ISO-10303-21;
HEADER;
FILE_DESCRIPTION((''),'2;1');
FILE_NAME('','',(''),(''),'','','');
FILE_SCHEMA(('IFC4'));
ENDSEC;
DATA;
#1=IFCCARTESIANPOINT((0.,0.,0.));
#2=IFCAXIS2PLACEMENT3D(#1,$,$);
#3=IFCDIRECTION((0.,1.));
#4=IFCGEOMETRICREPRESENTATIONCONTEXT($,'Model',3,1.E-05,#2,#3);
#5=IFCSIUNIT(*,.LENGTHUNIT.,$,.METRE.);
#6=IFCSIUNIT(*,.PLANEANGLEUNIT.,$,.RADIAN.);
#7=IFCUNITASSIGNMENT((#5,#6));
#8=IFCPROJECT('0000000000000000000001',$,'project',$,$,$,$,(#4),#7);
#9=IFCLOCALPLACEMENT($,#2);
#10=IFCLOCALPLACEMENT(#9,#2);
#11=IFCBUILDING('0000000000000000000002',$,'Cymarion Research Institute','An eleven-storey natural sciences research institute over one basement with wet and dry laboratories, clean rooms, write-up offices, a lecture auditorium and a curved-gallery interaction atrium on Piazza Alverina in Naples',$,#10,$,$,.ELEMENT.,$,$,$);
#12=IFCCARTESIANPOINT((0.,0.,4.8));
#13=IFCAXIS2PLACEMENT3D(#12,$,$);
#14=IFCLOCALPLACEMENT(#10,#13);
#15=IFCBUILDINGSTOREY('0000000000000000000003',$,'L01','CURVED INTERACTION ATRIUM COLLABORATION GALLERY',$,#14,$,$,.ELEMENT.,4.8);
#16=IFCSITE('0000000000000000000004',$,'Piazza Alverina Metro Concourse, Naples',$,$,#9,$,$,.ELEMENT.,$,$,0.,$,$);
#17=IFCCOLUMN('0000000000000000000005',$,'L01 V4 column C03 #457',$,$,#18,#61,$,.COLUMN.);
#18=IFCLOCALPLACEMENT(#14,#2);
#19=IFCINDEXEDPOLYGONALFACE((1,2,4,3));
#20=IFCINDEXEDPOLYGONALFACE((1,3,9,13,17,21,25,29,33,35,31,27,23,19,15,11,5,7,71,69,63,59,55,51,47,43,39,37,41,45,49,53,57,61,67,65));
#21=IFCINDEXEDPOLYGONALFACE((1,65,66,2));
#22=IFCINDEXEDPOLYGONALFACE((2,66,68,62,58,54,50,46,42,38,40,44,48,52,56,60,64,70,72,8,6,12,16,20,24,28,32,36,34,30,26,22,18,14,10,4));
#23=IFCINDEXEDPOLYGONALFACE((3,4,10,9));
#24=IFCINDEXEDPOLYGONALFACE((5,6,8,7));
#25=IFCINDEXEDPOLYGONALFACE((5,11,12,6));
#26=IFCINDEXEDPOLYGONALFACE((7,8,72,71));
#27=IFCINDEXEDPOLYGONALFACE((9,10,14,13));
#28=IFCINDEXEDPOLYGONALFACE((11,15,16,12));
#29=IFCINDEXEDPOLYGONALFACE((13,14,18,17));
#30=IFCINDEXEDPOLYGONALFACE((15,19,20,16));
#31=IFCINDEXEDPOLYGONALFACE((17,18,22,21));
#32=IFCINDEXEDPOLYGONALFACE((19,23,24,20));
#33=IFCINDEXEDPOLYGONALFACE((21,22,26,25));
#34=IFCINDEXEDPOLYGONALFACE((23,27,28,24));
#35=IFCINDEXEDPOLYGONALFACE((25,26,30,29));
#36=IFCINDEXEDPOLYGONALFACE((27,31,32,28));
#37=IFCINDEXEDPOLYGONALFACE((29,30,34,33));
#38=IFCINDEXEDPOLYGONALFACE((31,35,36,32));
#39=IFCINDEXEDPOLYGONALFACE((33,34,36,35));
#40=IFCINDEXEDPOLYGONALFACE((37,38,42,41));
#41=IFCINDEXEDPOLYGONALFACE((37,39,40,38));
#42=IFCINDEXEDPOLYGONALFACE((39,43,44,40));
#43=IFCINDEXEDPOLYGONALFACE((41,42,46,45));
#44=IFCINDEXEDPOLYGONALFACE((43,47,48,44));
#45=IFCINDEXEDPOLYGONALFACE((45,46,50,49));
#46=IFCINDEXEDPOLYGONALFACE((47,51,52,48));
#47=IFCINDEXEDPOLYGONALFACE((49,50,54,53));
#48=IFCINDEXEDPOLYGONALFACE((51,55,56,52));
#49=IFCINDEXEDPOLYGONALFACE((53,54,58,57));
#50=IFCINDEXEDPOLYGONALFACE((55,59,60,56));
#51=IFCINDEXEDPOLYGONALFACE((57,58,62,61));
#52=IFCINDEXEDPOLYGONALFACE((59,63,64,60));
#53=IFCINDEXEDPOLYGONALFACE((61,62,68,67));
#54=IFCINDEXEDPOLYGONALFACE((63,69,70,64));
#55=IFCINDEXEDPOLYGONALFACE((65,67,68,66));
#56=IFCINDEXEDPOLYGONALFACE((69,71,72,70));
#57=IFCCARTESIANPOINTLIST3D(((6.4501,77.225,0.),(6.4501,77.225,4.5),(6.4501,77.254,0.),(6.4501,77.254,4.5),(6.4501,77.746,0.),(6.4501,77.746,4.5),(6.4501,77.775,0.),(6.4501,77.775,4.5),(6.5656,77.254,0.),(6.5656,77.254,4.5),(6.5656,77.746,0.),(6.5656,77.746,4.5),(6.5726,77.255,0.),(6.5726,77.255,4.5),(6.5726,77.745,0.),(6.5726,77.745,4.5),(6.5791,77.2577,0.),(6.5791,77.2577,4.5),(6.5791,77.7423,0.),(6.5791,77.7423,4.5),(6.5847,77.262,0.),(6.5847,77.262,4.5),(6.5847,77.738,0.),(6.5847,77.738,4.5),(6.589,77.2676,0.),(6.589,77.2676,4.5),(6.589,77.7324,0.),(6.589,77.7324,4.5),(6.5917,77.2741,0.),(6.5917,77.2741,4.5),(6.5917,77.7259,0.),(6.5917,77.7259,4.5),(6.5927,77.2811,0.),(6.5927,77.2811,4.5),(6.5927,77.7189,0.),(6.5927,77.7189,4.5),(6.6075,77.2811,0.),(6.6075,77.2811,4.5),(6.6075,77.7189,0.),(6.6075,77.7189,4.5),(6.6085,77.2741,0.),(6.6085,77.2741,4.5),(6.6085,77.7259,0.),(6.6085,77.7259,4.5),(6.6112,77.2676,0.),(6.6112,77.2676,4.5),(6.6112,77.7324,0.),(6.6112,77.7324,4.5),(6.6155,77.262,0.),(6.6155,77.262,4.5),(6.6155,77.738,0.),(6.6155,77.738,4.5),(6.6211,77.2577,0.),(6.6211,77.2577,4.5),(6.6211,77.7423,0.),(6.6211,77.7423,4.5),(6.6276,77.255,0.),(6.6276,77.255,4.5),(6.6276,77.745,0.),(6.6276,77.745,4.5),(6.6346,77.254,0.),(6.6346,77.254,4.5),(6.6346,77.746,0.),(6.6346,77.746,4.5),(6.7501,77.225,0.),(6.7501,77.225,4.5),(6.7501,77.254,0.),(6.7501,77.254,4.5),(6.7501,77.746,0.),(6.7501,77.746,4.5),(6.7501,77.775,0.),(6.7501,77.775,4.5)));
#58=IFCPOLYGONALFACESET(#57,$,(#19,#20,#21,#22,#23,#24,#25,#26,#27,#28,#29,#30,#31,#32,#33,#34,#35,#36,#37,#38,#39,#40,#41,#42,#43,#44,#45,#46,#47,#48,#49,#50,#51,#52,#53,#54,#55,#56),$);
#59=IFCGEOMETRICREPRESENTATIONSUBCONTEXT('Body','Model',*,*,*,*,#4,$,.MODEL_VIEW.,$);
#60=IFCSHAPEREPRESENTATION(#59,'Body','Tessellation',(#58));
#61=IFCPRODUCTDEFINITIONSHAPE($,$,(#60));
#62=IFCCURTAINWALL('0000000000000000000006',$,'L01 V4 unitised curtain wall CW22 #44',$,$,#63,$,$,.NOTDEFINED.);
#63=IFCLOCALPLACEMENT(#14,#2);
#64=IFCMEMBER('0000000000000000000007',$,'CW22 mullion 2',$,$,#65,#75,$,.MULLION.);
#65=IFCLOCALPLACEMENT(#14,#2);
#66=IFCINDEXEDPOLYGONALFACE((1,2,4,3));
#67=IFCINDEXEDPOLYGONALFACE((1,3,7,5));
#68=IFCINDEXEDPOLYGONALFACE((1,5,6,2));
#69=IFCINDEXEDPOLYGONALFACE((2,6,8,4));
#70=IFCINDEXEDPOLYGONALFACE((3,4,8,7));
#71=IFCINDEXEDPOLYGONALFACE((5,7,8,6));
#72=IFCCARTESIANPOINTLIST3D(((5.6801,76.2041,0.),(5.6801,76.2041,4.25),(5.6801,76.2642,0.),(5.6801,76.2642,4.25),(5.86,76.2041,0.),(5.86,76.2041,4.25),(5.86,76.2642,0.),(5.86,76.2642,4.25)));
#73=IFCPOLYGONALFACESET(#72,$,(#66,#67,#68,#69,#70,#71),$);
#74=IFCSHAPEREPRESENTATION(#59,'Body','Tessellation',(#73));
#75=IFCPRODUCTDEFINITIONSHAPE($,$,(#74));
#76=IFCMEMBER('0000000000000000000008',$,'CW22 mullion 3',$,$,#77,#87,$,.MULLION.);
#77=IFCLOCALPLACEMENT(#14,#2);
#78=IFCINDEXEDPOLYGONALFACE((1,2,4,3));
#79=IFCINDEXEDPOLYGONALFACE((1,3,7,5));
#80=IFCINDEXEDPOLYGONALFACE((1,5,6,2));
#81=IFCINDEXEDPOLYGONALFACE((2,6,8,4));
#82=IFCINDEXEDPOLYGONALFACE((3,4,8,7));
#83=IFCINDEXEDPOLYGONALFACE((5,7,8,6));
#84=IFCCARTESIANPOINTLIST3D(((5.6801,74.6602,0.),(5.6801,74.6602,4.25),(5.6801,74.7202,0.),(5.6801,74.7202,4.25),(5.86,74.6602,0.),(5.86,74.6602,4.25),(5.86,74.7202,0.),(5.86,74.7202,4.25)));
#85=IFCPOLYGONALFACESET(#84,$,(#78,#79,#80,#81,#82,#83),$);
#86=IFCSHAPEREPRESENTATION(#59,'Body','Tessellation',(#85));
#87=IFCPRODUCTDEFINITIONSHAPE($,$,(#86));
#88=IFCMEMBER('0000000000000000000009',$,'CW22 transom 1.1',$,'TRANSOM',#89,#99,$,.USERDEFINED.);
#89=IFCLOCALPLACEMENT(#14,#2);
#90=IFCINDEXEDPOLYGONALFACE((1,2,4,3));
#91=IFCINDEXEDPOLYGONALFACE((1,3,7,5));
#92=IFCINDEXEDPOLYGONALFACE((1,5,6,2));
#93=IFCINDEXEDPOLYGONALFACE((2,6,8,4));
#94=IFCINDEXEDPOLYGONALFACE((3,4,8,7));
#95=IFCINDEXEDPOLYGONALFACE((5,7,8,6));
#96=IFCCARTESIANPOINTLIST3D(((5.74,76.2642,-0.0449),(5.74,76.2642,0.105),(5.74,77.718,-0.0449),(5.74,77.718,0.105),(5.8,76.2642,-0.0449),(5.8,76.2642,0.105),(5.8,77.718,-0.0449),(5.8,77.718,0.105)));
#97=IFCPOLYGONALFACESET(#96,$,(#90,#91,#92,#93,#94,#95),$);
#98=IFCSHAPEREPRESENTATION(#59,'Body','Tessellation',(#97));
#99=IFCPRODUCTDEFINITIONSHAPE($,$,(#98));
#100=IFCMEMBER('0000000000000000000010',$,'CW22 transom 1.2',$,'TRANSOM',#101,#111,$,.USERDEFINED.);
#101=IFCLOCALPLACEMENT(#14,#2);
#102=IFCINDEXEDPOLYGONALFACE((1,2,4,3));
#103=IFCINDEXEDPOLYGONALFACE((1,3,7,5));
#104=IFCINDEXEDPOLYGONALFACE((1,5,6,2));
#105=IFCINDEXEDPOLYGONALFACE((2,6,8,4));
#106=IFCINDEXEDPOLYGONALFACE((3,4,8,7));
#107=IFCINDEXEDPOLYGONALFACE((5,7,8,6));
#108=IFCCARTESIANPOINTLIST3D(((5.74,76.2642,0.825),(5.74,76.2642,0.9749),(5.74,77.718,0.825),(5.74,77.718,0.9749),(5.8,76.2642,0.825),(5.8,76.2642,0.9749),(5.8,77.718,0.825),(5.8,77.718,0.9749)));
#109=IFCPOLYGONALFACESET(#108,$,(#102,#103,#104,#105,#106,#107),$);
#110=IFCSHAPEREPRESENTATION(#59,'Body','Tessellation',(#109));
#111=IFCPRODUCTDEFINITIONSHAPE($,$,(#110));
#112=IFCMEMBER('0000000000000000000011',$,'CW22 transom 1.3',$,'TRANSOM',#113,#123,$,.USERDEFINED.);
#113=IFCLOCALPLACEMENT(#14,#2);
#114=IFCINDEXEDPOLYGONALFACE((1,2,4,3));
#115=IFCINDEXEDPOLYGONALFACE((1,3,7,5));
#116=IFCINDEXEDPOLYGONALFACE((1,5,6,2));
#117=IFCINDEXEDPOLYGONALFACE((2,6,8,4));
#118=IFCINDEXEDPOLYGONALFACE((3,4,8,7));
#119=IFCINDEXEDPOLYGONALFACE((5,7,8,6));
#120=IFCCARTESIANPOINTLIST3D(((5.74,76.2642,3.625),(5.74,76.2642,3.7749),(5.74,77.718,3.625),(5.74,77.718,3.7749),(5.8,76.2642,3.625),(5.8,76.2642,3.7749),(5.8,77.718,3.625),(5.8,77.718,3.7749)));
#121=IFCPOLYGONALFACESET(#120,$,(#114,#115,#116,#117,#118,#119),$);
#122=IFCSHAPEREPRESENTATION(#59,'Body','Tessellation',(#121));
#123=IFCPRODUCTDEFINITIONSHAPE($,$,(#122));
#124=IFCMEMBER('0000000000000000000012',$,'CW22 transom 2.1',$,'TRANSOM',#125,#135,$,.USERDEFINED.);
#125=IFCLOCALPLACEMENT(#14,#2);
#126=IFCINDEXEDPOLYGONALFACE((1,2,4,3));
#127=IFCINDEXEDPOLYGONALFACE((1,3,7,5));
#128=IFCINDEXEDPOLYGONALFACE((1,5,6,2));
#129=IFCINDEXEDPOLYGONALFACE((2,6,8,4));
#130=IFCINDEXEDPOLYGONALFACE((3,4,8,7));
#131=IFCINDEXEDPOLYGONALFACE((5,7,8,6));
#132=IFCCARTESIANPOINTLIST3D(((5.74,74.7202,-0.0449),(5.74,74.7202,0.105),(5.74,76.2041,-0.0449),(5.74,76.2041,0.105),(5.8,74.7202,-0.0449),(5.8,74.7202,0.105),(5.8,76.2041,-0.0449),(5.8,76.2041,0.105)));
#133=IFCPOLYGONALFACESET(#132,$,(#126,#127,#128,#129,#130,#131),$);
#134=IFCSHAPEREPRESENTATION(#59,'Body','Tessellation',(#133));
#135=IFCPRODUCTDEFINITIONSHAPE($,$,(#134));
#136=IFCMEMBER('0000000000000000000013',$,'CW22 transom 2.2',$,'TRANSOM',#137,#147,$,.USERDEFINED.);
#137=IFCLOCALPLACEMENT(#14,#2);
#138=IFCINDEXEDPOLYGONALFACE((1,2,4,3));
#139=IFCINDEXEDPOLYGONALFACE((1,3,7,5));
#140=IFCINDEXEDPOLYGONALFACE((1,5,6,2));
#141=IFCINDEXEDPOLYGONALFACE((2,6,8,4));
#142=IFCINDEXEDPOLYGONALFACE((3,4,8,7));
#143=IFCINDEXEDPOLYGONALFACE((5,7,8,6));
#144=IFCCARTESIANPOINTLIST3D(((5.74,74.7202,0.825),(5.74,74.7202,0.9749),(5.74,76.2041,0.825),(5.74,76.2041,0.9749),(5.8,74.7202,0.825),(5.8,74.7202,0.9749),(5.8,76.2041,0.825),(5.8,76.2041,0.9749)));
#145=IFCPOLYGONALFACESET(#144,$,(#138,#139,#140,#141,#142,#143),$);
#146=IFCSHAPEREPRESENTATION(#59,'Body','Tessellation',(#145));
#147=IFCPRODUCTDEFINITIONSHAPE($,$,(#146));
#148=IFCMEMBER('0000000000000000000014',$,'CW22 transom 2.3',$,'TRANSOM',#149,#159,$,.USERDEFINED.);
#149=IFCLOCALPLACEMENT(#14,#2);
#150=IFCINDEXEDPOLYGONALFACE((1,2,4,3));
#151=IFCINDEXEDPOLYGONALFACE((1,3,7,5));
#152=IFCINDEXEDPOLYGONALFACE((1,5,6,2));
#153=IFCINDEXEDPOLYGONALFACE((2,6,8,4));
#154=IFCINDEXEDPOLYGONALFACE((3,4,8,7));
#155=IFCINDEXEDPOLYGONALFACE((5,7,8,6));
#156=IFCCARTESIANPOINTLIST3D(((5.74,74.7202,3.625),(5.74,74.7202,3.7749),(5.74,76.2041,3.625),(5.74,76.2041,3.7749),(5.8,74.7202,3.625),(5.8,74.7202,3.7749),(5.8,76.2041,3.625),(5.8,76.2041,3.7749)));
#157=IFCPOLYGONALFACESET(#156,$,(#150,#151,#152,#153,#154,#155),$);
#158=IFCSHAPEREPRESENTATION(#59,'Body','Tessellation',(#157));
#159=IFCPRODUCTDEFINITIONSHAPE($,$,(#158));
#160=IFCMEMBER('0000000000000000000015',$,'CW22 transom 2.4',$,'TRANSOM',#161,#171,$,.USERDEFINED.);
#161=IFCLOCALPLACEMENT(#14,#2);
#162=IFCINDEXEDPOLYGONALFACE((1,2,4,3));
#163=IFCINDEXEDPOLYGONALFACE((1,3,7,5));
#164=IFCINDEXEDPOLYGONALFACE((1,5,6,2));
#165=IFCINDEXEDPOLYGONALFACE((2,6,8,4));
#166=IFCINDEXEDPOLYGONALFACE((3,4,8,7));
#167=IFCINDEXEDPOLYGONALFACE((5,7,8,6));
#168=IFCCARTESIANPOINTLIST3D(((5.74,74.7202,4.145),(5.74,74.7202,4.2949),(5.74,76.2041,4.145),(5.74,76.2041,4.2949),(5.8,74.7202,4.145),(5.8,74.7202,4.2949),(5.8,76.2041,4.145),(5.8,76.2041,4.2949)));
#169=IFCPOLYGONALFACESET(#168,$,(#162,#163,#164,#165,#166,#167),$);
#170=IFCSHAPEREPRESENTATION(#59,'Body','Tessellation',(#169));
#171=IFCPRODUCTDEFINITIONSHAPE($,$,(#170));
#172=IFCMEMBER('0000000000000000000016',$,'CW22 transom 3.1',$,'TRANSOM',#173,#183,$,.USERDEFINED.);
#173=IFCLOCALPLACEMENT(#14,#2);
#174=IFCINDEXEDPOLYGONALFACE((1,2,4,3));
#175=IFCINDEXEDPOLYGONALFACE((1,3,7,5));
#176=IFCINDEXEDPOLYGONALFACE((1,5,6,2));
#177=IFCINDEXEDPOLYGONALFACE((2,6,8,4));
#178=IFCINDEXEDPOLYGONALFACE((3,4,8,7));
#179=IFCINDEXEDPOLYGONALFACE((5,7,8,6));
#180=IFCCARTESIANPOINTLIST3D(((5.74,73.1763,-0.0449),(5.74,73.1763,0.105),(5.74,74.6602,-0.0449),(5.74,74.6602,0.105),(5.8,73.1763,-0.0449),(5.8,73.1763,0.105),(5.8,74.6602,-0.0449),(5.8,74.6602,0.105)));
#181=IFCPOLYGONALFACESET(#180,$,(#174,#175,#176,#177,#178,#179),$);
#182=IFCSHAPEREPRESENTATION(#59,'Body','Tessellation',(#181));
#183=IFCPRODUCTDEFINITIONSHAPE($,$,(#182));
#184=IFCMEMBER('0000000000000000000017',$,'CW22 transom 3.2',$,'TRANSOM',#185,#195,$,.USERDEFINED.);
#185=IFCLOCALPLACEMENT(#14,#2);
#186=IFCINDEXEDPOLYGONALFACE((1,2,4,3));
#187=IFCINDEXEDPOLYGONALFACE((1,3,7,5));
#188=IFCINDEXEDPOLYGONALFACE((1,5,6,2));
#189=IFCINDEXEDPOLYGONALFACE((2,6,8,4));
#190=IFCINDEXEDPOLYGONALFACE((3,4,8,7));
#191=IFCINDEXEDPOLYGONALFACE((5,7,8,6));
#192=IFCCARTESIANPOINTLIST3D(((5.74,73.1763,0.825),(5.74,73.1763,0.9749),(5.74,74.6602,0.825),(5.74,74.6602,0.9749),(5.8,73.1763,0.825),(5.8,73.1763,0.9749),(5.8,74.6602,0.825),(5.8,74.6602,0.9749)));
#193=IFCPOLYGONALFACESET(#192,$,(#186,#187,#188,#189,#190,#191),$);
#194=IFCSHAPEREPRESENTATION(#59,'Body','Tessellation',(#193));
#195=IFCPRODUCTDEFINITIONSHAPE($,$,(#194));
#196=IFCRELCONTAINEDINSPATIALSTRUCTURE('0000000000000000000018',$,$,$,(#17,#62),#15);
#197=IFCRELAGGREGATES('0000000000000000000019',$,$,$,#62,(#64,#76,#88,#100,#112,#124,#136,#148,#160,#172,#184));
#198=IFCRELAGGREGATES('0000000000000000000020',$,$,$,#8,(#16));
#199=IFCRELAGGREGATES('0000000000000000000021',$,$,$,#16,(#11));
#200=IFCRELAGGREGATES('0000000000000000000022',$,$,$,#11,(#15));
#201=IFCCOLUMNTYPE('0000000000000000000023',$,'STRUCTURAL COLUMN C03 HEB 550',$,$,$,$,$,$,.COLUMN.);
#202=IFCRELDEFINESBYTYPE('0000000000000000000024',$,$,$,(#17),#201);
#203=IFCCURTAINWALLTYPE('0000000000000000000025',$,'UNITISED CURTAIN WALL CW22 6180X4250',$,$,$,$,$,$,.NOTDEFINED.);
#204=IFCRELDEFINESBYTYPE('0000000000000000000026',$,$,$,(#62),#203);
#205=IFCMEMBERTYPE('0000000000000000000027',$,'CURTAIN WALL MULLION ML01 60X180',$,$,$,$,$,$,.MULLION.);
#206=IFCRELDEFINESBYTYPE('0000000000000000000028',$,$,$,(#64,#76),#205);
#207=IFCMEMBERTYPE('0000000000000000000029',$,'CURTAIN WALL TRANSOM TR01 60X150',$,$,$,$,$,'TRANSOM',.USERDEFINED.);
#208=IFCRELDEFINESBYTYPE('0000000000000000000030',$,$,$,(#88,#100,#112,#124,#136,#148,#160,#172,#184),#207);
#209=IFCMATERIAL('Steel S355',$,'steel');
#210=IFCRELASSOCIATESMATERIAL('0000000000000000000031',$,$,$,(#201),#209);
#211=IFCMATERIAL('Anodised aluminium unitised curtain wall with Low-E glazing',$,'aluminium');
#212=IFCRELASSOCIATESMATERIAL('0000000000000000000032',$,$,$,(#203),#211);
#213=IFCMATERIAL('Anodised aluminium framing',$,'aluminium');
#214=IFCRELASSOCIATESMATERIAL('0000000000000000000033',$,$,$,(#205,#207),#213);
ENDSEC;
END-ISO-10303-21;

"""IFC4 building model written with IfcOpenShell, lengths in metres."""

from ifc_helpers import new_model, si_unit, direction, frame, origin, origin_2d, place, context, subcontext, project, spatial, rectangle, i_section, extrude, material, material_profile, profile_set, type_object, element, aggregate, save


model = new_model("IFC4")

# Units and contexts
model_context = context("Model", 3, precision=1e-05, world=origin(), true_north=direction((0.0, 1.0)))
body_context = subcontext(model_context, "Body", "Model", "MODEL_VIEW")
ifc_project = project(units=[si_unit("LENGTHUNIT", "METRE"), si_unit("PLANEANGLEUNIT", "RADIAN")], contexts=[model_context])

# Site, building, storey
site_placement = place(None, origin())
site = spatial("IfcSite", under=ifc_project, at=site_placement, Name="Piazza Alverina Metro Concourse, Naples", CompositionType="ELEMENT", RefElevation=0.0)
building_placement = place(site_placement, origin())
building = spatial("IfcBuilding", under=site, at=building_placement, Name="Cymarion Research Institute", Description="An eleven-storey natural sciences research institute over one basement with wet and dry laboratories, clean rooms, write-up offices, a lecture auditorium and a curved-gallery interaction atrium on Piazza Alverina in Naples", CompositionType="ELEMENT")
storey_placement = place(building_placement, frame((0.0, 0.0, 4.8)))
storey = spatial("IfcBuildingStorey", under=building, at=storey_placement, Name="L01", Description="CURVED INTERACTION ATRIUM COLLABORATION GALLERY", CompositionType="ELEMENT", Elevation=4.8)

# Column
ifc_material_1 = material(Name="Steel S355", Category="steel")
ifc_material_profile_1 = material_profile(ifc_material_1, i_section(OverallWidth=0.3, OverallDepth=0.55, WebThickness=0.0149, FlangeThickness=0.0291, FilletRadius=0.0271, at=origin_2d()), Name="HEB 550")
ifc_profile_set_1 = profile_set([ifc_material_profile_1], Name="Steel S355")
column_type = type_object("IfcColumnType", Name="STRUCTURAL COLUMN C03 HEB 550", PredefinedType="COLUMN", material=ifc_profile_set_1)
column_placement = place(storey_placement, frame((6.6001, 77.5, 0.0), z_axis=(0.0, 0.0, 1.0), x_axis=(1.0, 0.0, 0.0)))
element("IfcColumn", 1, at=column_placement, inside=storey, type_object=column_type, Name="L01 V4 column C03 #457", PredefinedType="COLUMN", context=body_context, shape_type="SweptSolid", body=[
    extrude(i_section(OverallWidth=0.3, OverallDepth=0.55, WebThickness=0.0149, FlangeThickness=0.0291, FilletRadius=0.0271, at=origin_2d()), origin(), (0.0, 0.0, 1.0), 4.5),
])

# Curtain wall, members
ifc_material_2 = material(Name="Anodised aluminium unitised curtain wall with Low-E glazing", Category="aluminium")
curtain_wall_type = type_object("IfcCurtainWallType", Name="UNITISED CURTAIN WALL CW22 6180X4250", PredefinedType="NOTDEFINED", material=ifc_material_2)
curtain_wall_placement = place(storey_placement, origin())
curtain_wall = element("IfcCurtainWall", 2, at=curtain_wall_placement, inside=storey, type_object=curtain_wall_type, Name="L01 V4 unitised curtain wall CW22 #44", PredefinedType="NOTDEFINED")
ifc_material_3 = material(Name="Anodised aluminium framing", Category="aluminium")
ifc_material_profile_2 = material_profile(ifc_material_3, rectangle(XDim=0.0601, YDim=0.1799, at=origin_2d()), Name="ALU MULLION 60x180")
ifc_profile_set_2 = profile_set([ifc_material_profile_2], Name="Anodised aluminium framing")
member_type_1 = type_object("IfcMemberType", Name="CURTAIN WALL MULLION ML01 60X180", PredefinedType="MULLION", material=ifc_profile_set_2)
member_1_placement = place(storey_placement, frame((5.77, 76.2341, 0.0), z_axis=(0.0, 0.0, 1.0), x_axis=(0.0, -1.0, 0.0)))
member_1 = element("IfcMember", 3, at=member_1_placement, type_object=member_type_1, Name="CW22 mullion 2", PredefinedType="MULLION", context=body_context, shape_type="SweptSolid", body=[
    extrude(rectangle(XDim=0.0601, YDim=0.1799, at=origin_2d()), origin(), (0.0, 0.0, 1.0), 4.25),
])
member_2_placement = place(storey_placement, frame((5.77, 74.6902, 0.0), z_axis=(0.0, 0.0, 1.0), x_axis=(0.0, -1.0, 0.0)))
member_2 = element("IfcMember", 4, at=member_2_placement, type_object=member_type_1, Name="CW22 mullion 3", PredefinedType="MULLION", context=body_context, shape_type="SweptSolid", body=[
    extrude(rectangle(XDim=0.0601, YDim=0.1799, at=origin_2d()), origin(), (0.0, 0.0, 1.0), 4.25),
])
ifc_material_profile_3 = material_profile(ifc_material_3, rectangle(XDim=0.0601, YDim=0.1499, at=origin_2d()), Name="ALU TRANSOM 60x150")
ifc_profile_set_3 = profile_set([ifc_material_profile_3], Name="Anodised aluminium framing")
member_type_2 = type_object("IfcMemberType", Name="CURTAIN WALL TRANSOM TR01 60X150", ElementType="TRANSOM", PredefinedType="USERDEFINED", material=ifc_profile_set_3)
member_3_placement = place(storey_placement, frame((5.77, 77.718, 0.03), z_axis=(0.0, -1.0, 0.0), x_axis=(1.0, 0.0, 0.0)))
member_3 = element("IfcMember", 5, at=member_3_placement, type_object=member_type_2, Name="CW22 transom 1.1", ObjectType="TRANSOM", PredefinedType="USERDEFINED", context=body_context, shape_type="SweptSolid", body=[
    extrude(rectangle(XDim=0.0601, YDim=0.1499, at=origin_2d()), origin(), (0.0, 0.0, 1.0), 1.4539),
])
member_4_placement = place(storey_placement, frame((5.77, 77.718, 0.8999), z_axis=(0.0, -1.0, 0.0), x_axis=(1.0, 0.0, 0.0)))
member_4 = element("IfcMember", 6, at=member_4_placement, type_object=member_type_2, Name="CW22 transom 1.2", ObjectType="TRANSOM", PredefinedType="USERDEFINED", context=body_context, shape_type="SweptSolid", body=[
    extrude(rectangle(XDim=0.0601, YDim=0.1499, at=origin_2d()), origin(), (0.0, 0.0, 1.0), 1.4539),
])
member_5_placement = place(storey_placement, frame((5.77, 77.718, 3.7), z_axis=(0.0, -1.0, 0.0), x_axis=(1.0, 0.0, 0.0)))
member_5 = element("IfcMember", 7, at=member_5_placement, type_object=member_type_2, Name="CW22 transom 1.3", ObjectType="TRANSOM", PredefinedType="USERDEFINED", context=body_context, shape_type="SweptSolid", body=[
    extrude(rectangle(XDim=0.0601, YDim=0.1499, at=origin_2d()), origin(), (0.0, 0.0, 1.0), 1.4539),
])
member_6_placement = place(storey_placement, frame((5.77, 76.2041, 0.03), z_axis=(0.0, -1.0, 0.0), x_axis=(1.0, 0.0, 0.0)))
member_6 = element("IfcMember", 8, at=member_6_placement, type_object=member_type_2, Name="CW22 transom 2.1", ObjectType="TRANSOM", PredefinedType="USERDEFINED", context=body_context, shape_type="SweptSolid", body=[
    extrude(rectangle(XDim=0.0601, YDim=0.1499, at=origin_2d()), origin(), (0.0, 0.0, 1.0), 1.4839),
])
member_7_placement = place(storey_placement, frame((5.77, 76.2041, 0.8999), z_axis=(0.0, -1.0, 0.0), x_axis=(1.0, 0.0, 0.0)))
member_7 = element("IfcMember", 9, at=member_7_placement, type_object=member_type_2, Name="CW22 transom 2.2", ObjectType="TRANSOM", PredefinedType="USERDEFINED", context=body_context, shape_type="SweptSolid", body=[
    extrude(rectangle(XDim=0.0601, YDim=0.1499, at=origin_2d()), origin(), (0.0, 0.0, 1.0), 1.4839),
])
member_8_placement = place(storey_placement, frame((5.77, 76.2041, 3.7), z_axis=(0.0, -1.0, 0.0), x_axis=(1.0, 0.0, 0.0)))
member_8 = element("IfcMember", 10, at=member_8_placement, type_object=member_type_2, Name="CW22 transom 2.3", ObjectType="TRANSOM", PredefinedType="USERDEFINED", context=body_context, shape_type="SweptSolid", body=[
    extrude(rectangle(XDim=0.0601, YDim=0.1499, at=origin_2d()), origin(), (0.0, 0.0, 1.0), 1.4839),
])
member_9_placement = place(storey_placement, frame((5.77, 76.2041, 4.22), z_axis=(0.0, -1.0, 0.0), x_axis=(1.0, 0.0, 0.0)))
member_9 = element("IfcMember", 11, at=member_9_placement, type_object=member_type_2, Name="CW22 transom 2.4", ObjectType="TRANSOM", PredefinedType="USERDEFINED", context=body_context, shape_type="SweptSolid", body=[
    extrude(rectangle(XDim=0.0601, YDim=0.1499, at=origin_2d()), origin(), (0.0, 0.0, 1.0), 1.4839),
])
member_10_placement = place(storey_placement, frame((5.77, 74.6602, 0.03), z_axis=(0.0, -1.0, 0.0), x_axis=(1.0, 0.0, 0.0)))
member_10 = element("IfcMember", 12, at=member_10_placement, type_object=member_type_2, Name="CW22 transom 3.1", ObjectType="TRANSOM", PredefinedType="USERDEFINED", context=body_context, shape_type="SweptSolid", body=[
    extrude(rectangle(XDim=0.0601, YDim=0.1499, at=origin_2d()), origin(), (0.0, 0.0, 1.0), 1.4839),
])
member_11_placement = place(storey_placement, frame((5.77, 74.6602, 0.8999), z_axis=(0.0, -1.0, 0.0), x_axis=(1.0, 0.0, 0.0)))
member_11 = element("IfcMember", 13, at=member_11_placement, type_object=member_type_2, Name="CW22 transom 3.2", ObjectType="TRANSOM", PredefinedType="USERDEFINED", context=body_context, shape_type="SweptSolid", body=[
    extrude(rectangle(XDim=0.0601, YDim=0.1499, at=origin_2d()), origin(), (0.0, 0.0, 1.0), 1.4839),
])

aggregate(curtain_wall, [member_1, member_2, member_3, member_4, member_5, member_6, member_7, member_8, member_9, member_10, member_11])

save(model, "model.ifc")
